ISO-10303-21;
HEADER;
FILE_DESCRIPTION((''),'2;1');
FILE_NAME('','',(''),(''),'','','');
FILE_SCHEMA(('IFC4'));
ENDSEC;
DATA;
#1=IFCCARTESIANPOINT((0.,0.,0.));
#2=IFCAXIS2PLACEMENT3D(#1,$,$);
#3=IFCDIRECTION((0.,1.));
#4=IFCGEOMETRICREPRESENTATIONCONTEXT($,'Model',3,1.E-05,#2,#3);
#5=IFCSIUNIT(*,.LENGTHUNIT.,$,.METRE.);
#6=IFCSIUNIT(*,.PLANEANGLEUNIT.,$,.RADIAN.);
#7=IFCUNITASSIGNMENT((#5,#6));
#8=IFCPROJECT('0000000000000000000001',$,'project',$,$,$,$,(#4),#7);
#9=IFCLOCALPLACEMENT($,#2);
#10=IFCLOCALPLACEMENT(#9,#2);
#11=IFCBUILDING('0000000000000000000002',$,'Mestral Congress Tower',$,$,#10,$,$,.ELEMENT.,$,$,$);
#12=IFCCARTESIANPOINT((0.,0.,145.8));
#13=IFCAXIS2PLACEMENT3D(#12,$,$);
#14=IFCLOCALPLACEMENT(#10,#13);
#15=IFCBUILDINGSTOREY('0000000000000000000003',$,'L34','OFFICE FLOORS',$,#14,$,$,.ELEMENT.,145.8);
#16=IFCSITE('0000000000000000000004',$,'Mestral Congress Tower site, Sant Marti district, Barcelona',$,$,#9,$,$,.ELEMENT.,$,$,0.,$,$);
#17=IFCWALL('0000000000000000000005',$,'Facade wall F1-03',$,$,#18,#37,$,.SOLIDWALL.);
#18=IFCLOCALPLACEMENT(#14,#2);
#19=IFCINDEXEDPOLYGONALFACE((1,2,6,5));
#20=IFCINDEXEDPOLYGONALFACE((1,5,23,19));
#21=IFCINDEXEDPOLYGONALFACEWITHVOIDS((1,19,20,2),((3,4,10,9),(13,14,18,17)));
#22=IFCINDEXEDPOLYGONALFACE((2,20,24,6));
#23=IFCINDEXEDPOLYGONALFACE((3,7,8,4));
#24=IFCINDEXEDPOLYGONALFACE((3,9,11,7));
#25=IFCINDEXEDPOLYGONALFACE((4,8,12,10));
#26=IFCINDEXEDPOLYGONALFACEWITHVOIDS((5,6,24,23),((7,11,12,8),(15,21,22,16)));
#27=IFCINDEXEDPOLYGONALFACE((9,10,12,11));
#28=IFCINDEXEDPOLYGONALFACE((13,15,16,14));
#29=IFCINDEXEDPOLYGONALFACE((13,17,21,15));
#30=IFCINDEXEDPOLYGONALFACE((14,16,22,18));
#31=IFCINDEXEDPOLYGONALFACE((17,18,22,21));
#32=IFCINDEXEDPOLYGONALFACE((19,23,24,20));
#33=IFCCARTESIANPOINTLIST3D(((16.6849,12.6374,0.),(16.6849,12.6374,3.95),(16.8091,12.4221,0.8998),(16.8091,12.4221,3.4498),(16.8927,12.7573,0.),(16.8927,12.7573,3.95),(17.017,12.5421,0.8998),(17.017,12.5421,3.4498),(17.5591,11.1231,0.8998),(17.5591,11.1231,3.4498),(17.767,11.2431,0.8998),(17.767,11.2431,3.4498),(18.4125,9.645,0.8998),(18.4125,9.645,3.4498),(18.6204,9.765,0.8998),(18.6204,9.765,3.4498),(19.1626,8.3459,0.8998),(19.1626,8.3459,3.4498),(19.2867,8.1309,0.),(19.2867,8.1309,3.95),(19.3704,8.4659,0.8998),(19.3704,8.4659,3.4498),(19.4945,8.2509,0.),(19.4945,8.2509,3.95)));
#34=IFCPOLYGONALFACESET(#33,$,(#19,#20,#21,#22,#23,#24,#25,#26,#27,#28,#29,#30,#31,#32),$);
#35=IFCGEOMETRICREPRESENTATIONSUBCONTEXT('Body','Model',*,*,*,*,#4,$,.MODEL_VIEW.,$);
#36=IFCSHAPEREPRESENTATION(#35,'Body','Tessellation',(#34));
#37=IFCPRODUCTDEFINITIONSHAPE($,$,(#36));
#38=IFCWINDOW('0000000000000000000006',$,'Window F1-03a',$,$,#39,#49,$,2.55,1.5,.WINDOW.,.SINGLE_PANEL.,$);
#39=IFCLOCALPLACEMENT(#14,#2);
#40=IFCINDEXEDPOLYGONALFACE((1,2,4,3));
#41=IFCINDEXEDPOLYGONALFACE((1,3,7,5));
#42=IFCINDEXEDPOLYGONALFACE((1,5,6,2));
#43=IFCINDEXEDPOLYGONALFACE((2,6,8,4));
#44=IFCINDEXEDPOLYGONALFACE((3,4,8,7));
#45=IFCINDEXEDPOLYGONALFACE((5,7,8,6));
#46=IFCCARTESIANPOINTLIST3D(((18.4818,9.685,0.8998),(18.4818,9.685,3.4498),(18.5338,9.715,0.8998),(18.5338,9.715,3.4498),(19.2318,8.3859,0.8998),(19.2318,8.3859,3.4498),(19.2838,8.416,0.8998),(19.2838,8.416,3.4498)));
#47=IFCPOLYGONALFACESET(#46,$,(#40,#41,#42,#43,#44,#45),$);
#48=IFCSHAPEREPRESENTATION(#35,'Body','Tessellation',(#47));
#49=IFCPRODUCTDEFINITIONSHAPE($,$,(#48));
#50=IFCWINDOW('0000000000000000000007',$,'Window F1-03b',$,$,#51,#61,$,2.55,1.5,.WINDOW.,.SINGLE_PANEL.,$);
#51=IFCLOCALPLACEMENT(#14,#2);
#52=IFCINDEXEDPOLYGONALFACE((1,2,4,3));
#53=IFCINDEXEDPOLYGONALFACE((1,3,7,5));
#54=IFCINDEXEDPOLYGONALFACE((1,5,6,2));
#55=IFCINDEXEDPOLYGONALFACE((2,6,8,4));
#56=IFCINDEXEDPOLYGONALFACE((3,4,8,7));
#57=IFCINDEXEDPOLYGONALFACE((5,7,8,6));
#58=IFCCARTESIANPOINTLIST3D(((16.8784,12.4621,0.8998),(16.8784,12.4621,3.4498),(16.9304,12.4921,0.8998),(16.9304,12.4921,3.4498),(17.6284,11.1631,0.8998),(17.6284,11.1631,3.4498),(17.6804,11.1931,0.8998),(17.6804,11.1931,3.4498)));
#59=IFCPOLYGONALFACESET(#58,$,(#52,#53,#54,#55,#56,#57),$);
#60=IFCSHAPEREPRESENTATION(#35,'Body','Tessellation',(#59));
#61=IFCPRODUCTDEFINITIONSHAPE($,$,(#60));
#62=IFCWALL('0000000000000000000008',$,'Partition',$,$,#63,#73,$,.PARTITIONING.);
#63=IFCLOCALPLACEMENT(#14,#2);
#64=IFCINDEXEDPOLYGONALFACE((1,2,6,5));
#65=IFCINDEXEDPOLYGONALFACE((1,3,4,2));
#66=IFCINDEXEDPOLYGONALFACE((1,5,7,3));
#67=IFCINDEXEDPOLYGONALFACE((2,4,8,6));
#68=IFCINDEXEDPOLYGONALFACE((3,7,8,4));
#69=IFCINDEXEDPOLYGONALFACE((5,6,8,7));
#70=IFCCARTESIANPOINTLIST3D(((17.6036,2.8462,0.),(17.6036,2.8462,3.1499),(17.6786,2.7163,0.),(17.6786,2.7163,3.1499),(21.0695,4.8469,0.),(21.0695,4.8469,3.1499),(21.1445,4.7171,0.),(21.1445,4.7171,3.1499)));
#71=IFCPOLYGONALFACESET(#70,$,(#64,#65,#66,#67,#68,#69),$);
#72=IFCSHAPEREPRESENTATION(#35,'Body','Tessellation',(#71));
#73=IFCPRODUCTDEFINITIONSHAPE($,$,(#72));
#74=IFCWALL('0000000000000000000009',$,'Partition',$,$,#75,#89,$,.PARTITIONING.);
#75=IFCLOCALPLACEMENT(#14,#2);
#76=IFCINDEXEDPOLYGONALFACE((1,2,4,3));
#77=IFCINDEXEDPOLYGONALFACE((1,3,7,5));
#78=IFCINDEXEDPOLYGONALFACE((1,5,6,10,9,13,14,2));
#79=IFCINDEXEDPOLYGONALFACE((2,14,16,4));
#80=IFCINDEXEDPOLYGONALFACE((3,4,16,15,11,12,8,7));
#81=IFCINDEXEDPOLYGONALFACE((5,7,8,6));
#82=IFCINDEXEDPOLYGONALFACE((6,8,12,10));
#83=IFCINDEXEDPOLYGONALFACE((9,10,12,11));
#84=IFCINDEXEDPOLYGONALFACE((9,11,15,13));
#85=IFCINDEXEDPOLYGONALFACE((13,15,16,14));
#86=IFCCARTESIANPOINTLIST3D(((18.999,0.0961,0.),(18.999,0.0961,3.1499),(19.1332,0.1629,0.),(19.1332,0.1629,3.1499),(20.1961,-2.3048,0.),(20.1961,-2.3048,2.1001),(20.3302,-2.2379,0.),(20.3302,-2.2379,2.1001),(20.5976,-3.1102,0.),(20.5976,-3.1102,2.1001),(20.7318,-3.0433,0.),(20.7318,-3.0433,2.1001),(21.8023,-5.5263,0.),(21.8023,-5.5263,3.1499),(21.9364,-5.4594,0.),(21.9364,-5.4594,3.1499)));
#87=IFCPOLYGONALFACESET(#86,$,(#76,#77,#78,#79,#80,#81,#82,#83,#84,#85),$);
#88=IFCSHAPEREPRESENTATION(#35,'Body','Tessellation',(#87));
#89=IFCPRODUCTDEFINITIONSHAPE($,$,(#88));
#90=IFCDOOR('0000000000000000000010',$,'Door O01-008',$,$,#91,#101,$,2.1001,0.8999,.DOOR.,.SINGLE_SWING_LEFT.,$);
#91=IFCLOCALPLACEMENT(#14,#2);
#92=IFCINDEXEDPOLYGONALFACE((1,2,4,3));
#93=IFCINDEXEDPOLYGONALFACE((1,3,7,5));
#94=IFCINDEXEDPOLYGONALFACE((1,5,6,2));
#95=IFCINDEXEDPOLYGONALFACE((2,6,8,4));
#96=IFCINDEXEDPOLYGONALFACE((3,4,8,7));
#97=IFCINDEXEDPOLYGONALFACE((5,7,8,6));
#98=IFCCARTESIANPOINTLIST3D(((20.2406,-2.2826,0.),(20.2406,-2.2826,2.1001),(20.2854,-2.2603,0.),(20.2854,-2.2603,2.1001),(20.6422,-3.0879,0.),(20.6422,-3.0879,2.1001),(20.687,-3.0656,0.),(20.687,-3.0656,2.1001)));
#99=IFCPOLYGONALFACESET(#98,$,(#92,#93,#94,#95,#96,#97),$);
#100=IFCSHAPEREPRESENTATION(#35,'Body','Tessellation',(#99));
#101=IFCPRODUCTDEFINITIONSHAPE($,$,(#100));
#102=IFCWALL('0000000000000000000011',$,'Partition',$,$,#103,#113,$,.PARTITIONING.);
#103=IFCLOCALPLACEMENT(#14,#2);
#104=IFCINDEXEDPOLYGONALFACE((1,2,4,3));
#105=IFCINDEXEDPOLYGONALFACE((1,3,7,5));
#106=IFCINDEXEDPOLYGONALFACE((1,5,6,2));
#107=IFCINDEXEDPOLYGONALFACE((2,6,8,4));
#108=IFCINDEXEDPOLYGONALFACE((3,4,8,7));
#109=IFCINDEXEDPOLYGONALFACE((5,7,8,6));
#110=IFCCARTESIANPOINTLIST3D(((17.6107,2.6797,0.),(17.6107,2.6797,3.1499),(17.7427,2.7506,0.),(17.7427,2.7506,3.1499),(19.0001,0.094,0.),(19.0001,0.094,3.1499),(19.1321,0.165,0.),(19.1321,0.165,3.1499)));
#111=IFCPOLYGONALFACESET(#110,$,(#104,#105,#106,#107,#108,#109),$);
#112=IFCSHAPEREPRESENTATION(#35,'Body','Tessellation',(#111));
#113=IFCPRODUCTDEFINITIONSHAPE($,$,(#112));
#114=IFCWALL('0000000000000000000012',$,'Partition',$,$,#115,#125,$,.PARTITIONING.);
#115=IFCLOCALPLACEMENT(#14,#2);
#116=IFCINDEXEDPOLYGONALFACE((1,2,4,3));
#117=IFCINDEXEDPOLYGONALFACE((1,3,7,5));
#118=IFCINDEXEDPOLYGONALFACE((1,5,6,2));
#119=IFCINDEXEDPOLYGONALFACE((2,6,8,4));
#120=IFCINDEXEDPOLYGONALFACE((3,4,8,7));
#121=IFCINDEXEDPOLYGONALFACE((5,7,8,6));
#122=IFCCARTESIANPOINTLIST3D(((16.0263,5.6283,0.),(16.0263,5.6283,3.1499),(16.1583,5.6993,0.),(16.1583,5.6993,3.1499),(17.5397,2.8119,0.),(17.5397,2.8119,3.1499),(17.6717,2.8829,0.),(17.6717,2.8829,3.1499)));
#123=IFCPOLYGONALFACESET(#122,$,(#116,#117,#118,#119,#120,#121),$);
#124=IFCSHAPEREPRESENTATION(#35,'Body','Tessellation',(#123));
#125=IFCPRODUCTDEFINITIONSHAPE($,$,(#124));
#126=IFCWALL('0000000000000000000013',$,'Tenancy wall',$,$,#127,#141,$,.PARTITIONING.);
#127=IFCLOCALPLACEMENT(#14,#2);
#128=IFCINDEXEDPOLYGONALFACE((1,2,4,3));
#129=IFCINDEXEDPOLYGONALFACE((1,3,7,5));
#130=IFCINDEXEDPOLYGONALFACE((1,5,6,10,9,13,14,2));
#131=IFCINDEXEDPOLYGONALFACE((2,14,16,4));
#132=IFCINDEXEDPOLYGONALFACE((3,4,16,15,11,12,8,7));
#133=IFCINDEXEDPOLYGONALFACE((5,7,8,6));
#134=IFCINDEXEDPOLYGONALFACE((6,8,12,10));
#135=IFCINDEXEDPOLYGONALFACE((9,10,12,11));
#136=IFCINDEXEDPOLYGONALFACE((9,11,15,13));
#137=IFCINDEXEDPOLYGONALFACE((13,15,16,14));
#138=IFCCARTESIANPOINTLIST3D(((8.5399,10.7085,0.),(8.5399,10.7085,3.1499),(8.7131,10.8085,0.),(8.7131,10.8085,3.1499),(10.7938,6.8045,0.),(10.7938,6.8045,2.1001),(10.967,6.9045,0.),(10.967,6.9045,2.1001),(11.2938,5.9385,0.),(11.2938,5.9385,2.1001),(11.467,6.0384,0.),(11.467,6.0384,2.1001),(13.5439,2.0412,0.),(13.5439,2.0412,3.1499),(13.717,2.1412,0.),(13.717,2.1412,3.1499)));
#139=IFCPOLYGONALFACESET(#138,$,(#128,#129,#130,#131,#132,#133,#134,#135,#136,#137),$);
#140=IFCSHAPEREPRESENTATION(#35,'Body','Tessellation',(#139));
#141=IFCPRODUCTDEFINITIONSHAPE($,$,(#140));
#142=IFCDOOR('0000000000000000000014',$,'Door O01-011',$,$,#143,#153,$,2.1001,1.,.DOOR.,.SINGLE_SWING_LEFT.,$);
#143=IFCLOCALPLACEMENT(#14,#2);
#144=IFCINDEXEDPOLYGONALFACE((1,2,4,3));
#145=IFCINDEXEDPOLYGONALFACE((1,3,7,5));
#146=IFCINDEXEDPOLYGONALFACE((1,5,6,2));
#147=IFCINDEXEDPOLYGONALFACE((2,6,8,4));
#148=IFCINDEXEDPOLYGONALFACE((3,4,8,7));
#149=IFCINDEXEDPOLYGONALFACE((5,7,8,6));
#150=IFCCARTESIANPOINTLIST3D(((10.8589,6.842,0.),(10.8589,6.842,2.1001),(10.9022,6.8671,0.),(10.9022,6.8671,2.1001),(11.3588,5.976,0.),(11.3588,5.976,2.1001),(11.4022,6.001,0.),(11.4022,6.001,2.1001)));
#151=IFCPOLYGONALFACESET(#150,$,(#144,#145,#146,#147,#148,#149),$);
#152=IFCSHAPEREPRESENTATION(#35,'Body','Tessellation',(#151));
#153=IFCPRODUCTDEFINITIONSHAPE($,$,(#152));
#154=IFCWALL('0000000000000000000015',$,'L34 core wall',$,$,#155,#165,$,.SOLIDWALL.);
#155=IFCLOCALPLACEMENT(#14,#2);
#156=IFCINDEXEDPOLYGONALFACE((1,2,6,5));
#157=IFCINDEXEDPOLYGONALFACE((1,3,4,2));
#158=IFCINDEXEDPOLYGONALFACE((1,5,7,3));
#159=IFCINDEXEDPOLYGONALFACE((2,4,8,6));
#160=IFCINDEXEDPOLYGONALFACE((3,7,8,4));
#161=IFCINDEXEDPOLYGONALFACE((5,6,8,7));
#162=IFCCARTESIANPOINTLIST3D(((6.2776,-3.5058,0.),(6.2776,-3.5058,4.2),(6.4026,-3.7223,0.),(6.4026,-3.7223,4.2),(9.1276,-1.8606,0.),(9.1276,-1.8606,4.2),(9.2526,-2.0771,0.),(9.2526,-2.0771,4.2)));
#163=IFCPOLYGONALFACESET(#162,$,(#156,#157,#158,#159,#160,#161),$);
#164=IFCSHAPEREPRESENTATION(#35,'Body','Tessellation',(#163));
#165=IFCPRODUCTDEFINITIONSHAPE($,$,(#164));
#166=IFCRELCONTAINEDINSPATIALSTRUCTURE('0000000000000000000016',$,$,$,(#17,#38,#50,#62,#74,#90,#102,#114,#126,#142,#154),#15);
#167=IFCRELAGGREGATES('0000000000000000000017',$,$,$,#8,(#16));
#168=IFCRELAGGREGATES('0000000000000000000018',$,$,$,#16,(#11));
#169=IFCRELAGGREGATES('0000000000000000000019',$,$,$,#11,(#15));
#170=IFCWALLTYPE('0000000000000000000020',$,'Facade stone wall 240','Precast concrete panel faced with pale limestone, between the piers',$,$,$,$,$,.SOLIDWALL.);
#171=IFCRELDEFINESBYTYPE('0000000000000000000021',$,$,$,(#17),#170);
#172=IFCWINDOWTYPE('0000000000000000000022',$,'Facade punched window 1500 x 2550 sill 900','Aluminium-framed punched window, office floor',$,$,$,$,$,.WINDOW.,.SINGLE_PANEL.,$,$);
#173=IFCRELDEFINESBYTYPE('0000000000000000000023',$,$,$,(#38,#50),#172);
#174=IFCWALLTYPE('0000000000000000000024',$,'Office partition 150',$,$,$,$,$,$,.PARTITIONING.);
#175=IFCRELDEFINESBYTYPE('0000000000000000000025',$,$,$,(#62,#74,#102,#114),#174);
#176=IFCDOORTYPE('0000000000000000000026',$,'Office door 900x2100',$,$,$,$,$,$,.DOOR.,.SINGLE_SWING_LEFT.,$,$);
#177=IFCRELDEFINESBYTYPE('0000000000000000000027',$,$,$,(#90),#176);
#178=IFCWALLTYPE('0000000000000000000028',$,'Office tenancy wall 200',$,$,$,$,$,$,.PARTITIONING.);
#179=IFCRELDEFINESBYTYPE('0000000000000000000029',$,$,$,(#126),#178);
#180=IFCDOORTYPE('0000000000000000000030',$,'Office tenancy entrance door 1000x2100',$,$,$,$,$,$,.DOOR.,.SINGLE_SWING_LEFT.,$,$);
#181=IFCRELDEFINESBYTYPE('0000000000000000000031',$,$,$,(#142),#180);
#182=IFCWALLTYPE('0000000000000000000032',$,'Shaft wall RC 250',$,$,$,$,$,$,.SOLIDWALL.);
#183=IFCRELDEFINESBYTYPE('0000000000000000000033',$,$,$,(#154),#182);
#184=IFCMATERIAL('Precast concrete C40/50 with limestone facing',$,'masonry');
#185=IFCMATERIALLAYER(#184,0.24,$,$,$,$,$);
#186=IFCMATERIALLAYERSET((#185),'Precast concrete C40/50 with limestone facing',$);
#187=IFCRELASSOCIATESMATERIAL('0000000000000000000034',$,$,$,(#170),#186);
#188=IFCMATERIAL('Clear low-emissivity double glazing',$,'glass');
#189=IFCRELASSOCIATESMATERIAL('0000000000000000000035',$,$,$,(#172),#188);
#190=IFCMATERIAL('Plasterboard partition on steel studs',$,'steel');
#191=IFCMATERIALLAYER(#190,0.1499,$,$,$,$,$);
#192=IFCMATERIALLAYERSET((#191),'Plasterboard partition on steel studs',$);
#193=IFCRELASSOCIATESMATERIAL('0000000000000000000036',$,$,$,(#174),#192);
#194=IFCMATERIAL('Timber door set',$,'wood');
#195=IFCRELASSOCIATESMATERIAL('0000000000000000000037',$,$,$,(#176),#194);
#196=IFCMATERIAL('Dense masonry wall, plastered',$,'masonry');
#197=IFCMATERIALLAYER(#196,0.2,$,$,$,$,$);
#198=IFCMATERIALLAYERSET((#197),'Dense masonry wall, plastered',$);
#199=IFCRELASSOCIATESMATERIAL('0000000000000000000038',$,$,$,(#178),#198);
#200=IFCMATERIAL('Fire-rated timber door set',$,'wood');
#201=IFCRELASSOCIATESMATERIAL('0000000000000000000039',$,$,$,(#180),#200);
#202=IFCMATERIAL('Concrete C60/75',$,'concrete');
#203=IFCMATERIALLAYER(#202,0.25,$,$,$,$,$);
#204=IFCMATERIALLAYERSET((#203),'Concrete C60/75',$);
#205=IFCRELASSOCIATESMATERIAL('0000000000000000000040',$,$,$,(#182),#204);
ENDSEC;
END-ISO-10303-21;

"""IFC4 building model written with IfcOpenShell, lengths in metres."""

from ifc_helpers import new_model, si_unit, direction, frame, frame_2d, origin, place, context, subcontext, project, spatial, rectangle, extrude, material, layer, layer_set, type_object, element, fill, save


model = new_model("IFC4")

# Units and contexts
model_context = context("Model", 3, precision=1e-05, world=origin(), true_north=direction((0.0, 1.0)))
body_context = subcontext(model_context, "Body", "Model", "MODEL_VIEW")
ifc_project = project(units=[si_unit("LENGTHUNIT", "METRE"), si_unit("PLANEANGLEUNIT", "RADIAN")], contexts=[model_context])

# Site, building, storey
site_placement = place(None, origin())
site = spatial("IfcSite", under=ifc_project, at=site_placement, Name="Mestral Congress Tower site, Sant Marti district, Barcelona", CompositionType="ELEMENT", RefElevation=0.0)
building_placement = place(site_placement, origin())
building = spatial("IfcBuilding", under=site, at=building_placement, Name="Mestral Congress Tower", CompositionType="ELEMENT")
storey_placement = place(building_placement, frame((0.0, 0.0, 145.8)))
storey = spatial("IfcBuildingStorey", under=building, at=storey_placement, Name="L34", Description="OFFICE FLOORS", CompositionType="ELEMENT", Elevation=145.8)

# Shared definitions
ifc_material_1 = material(Name="Concrete C60/75", Category="concrete")

# Wall, openings, windows
ifc_material_2 = material(Name="Precast concrete C40/50 with limestone facing", Category="masonry")
ifc_layer_1 = layer(ifc_material_2, 0.24)
ifc_layer_set_1 = layer_set([ifc_layer_1], Name="Precast concrete C40/50 with limestone facing")
wall_type_1 = type_object("IfcWallType", Name="Facade stone wall 240", Description="Precast concrete panel faced with pale limestone, between the piers", PredefinedType="SOLIDWALL", material=ifc_layer_set_1)
ifc_material_3 = material(Name="Clear low-emissivity double glazing", Category="glass")
window_type = type_object("IfcWindowType", Name="Facade punched window 1500 x 2550 sill 900", Description="Aluminium-framed punched window, office floor", PartitioningType="SINGLE_PANEL", PredefinedType="WINDOW", material=ifc_material_3)
wall_1_placement = place(storey_placement, frame((19.3906, 8.1909, 0.0), z_axis=(0.0, 0.0, 1.0), x_axis=(-0.500009, 0.86602, 0.0)))
wall_1 = element("IfcWall", 1, at=wall_1_placement, inside=storey, type_object=wall_type_1, Name="Facade wall F1-03", PredefinedType="SOLIDWALL", context=body_context, shape_type="SweptSolid", body=[
    extrude(rectangle(XDim=5.2036, YDim=0.24, at=frame_2d((2.6018, 0.0))), origin(), (0.0, 0.0, 1.0), 3.95),
])
opening_1_placement = place(wall_1_placement, frame((0.2483, 0.0, 0.8999)))
opening_1 = element("IfcOpeningElement", 2, at=opening_1_placement, cuts=wall_1, PredefinedType="OPENING", context=body_context, shape_type="SweptSolid", body=[
    extrude(rectangle(XDim=1.5, YDim=2.55, at=frame_2d((0.75, 1.2749))), frame((0.0, 0.1299, 0.0), z_axis=(0.0, -1.0, 0.0), x_axis=(1.0, 0.0, 0.0)), (0.0, 0.0, 1.0), 0.26),
])
opening_2_placement = place(wall_1_placement, frame((3.4551, 0.0, 0.8999)))
opening_2 = element("IfcOpeningElement", 3, at=opening_2_placement, cuts=wall_1, PredefinedType="OPENING", context=body_context, shape_type="SweptSolid", body=[
    extrude(rectangle(XDim=1.5, YDim=2.55, at=frame_2d((0.75, 1.2749))), frame((0.0, 0.1299, 0.0), z_axis=(0.0, -1.0, 0.0), x_axis=(1.0, 0.0, 0.0)), (0.0, 0.0, 1.0), 0.26),
])
window_1_placement = place(opening_1_placement, origin())
window_1 = element("IfcWindow", 4, at=window_1_placement, inside=storey, type_object=window_type, Name="Window F1-03a", OverallHeight=2.55, OverallWidth=1.5, PartitioningType="SINGLE_PANEL", PredefinedType="WINDOW", context=body_context, shape_type="SweptSolid", body=[
    extrude(rectangle(XDim=1.5, YDim=2.55, at=frame_2d((0.75, 1.2749))), frame((0.0, 0.04, 0.0), z_axis=(0.0, -1.0, 0.0), x_axis=(1.0, 0.0, 0.0)), (0.0, 0.0, 1.0), 0.0601),
])
fill(opening_1, window_1)
window_2_placement = place(opening_2_placement, origin())
window_2 = element("IfcWindow", 5, at=window_2_placement, inside=storey, type_object=window_type, Name="Window F1-03b", OverallHeight=2.55, OverallWidth=1.5, PartitioningType="SINGLE_PANEL", PredefinedType="WINDOW", context=body_context, shape_type="SweptSolid", body=[
    extrude(rectangle(XDim=1.5, YDim=2.55, at=frame_2d((0.75, 1.2749))), frame((0.0, 0.04, 0.0), z_axis=(0.0, -1.0, 0.0), x_axis=(1.0, 0.0, 0.0)), (0.0, 0.0, 1.0), 0.0601),
])
fill(opening_2, window_2)

# Wall
ifc_material_4 = material(Name="Plasterboard partition on steel studs", Category="steel")
ifc_layer_2 = layer(ifc_material_4, 0.1499)
ifc_layer_set_2 = layer_set([ifc_layer_2], Name="Plasterboard partition on steel studs")
wall_type_2 = type_object("IfcWallType", Name="Office partition 150", PredefinedType="PARTITIONING", material=ifc_layer_set_2)
wall_2_placement = place(storey_placement, frame((17.6411, 2.7812, 0.0), z_axis=(0.0, 0.0, 1.0), x_axis=(0.866054, 0.499951, 0.0)))
element("IfcWall", 6, at=wall_2_placement, inside=storey, type_object=wall_type_2, Name="Partition", PredefinedType="PARTITIONING", context=body_context, shape_type="SweptSolid", body=[
    extrude(rectangle(XDim=4.002, YDim=0.1499, at=frame_2d((2.001, 0.0))), origin(), (0.0, 0.0, 1.0), 3.1499),
])

# Wall, opening, door
wall_3_placement = place(storey_placement, frame((19.0662, 0.1294, 0.0), z_axis=(0.0, 0.0, 1.0), x_axis=(0.446203, -0.894932, 0.0)))
wall_3 = element("IfcWall", 7, at=wall_3_placement, inside=storey, type_object=wall_type_2, Name="Partition", PredefinedType="PARTITIONING", context=body_context, shape_type="SweptSolid", body=[
    extrude(rectangle(XDim=6.2825, YDim=0.1499, at=frame_2d((3.1411, 0.0))), origin(), (0.0, 0.0, 1.0), 3.1499),
])
opening_3_placement = place(wall_3_placement, frame((2.6826, 0.0, 0.0)))
opening_3 = element("IfcOpeningElement", 8, at=opening_3_placement, cuts=wall_3, PredefinedType="OPENING", context=body_context, shape_type="SweptSolid", body=[
    extrude(rectangle(XDim=0.8999, YDim=2.1001, at=frame_2d((0.45, 1.05))), frame((0.0, 0.085, 0.0), z_axis=(0.0, -1.0, 0.0), x_axis=(1.0, 0.0, 0.0)), (0.0, 0.0, 1.0), 0.1699),
])
ifc_material_5 = material(Name="Timber door set", Category="wood")
door_type_1 = type_object("IfcDoorType", Name="Office door 900x2100", OperationType="SINGLE_SWING_LEFT", PredefinedType="DOOR", material=ifc_material_5)
door_1_placement = place(opening_3_placement, origin())
door_1 = element("IfcDoor", 9, at=door_1_placement, inside=storey, type_object=door_type_1, Name="Door O01-008", OperationType="SINGLE_SWING_LEFT", OverallHeight=2.1001, OverallWidth=0.8999, PredefinedType="DOOR", context=body_context, shape_type="SweptSolid", body=[
    extrude(rectangle(XDim=0.8999, YDim=2.1001, at=frame_2d((0.45, 1.05))), frame((0.0, 0.0249, 0.0), z_axis=(0.0, -1.0, 0.0), x_axis=(1.0, 0.0, 0.0)), (0.0, 0.0, 1.0), 0.05),
])
fill(opening_3, door_1)

# Walls
wall_4_placement = place(storey_placement, frame((19.0662, 0.1294, 0.0), z_axis=(0.0, 0.0, 1.0), x_axis=(-0.473336, 0.880882, 0.0)))
element("IfcWall", 10, at=wall_4_placement, inside=storey, type_object=wall_type_2, Name="Partition", PredefinedType="PARTITIONING", context=body_context, shape_type="SweptSolid", body=[
    extrude(rectangle(XDim=2.9353, YDim=0.1499, at=frame_2d((1.4678, 0.0))), origin(), (0.0, 0.0, 1.0), 3.1499),
])
wall_5_placement = place(storey_placement, frame((17.6057, 2.8474, 0.0), z_axis=(0.0, 0.0, 1.0), x_axis=(-0.473348, 0.880875, 0.0)))
element("IfcWall", 11, at=wall_5_placement, inside=storey, type_object=wall_type_2, Name="Partition", PredefinedType="PARTITIONING", context=body_context, shape_type="SweptSolid", body=[
    extrude(rectangle(XDim=3.1973, YDim=0.1499, at=frame_2d((1.5986, 0.0))), origin(), (0.0, 0.0, 1.0), 3.1499),
])

# Wall, opening, door
ifc_material_6 = material(Name="Dense masonry wall, plastered", Category="masonry")
ifc_layer_3 = layer(ifc_material_6, 0.2)
ifc_layer_set_3 = layer_set([ifc_layer_3], Name="Dense masonry wall, plastered")
wall_type_3 = type_object("IfcWallType", Name="Office tenancy wall 200", PredefinedType="PARTITIONING", material=ifc_layer_set_3)
wall_6_placement = place(storey_placement, frame((13.6304, 2.0913, 0.0), z_axis=(0.0, 0.0, 1.0), x_axis=(-0.499991, 0.866031, 0.0)))
wall_6 = element("IfcWall", 12, at=wall_6_placement, inside=storey, type_object=wall_type_3, Name="Tenancy wall", PredefinedType="PARTITIONING", context=body_context, shape_type="SweptSolid", body=[
    extrude(rectangle(XDim=10.0081, YDim=0.2, at=frame_2d((5.0039, 0.0))), origin(), (0.0, 0.0, 1.0), 3.1499),
])
opening_4_placement = place(wall_6_placement, frame((4.5, 0.0, 0.0)))
opening_4 = element("IfcOpeningElement", 13, at=opening_4_placement, cuts=wall_6, PredefinedType="OPENING", context=body_context, shape_type="SweptSolid", body=[
    extrude(rectangle(XDim=1.0, YDim=2.1001, at=frame_2d((0.5, 1.05))), frame((0.0, 0.1099, 0.0), z_axis=(0.0, -1.0, 0.0), x_axis=(1.0, 0.0, 0.0)), (0.0, 0.0, 1.0), 0.22),
])
ifc_material_7 = material(Name="Fire-rated timber door set", Category="wood")
door_type_2 = type_object("IfcDoorType", Name="Office tenancy entrance door 1000x2100", OperationType="SINGLE_SWING_LEFT", PredefinedType="DOOR", material=ifc_material_7)
door_2_placement = place(opening_4_placement, origin())
door_2 = element("IfcDoor", 14, at=door_2_placement, inside=storey, type_object=door_type_2, Name="Door O01-011", OperationType="SINGLE_SWING_LEFT", OverallHeight=2.1001, OverallWidth=1.0, PredefinedType="DOOR", context=body_context, shape_type="SweptSolid", body=[
    extrude(rectangle(XDim=1.0, YDim=2.1001, at=frame_2d((0.5, 1.05))), frame((0.0, 0.0249, 0.0), z_axis=(0.0, -1.0, 0.0), x_axis=(1.0, 0.0, 0.0)), (0.0, 0.0, 1.0), 0.05),
])
fill(opening_4, door_2)

# Wall
ifc_layer_4 = layer(ifc_material_1, 0.25)
ifc_layer_set_4 = layer_set([ifc_layer_4], Name="Concrete C60/75")
wall_type_4 = type_object("IfcWallType", Name="Shaft wall RC 250", PredefinedType="SOLIDWALL", material=ifc_layer_set_4)
wall_7_placement = place(storey_placement, frame((9.1902, -1.9688, 0.0), z_axis=(0.0, 0.0, 1.0), x_axis=(-0.866057, -0.499945, 0.0)))
element("IfcWall", 15, at=wall_7_placement, inside=storey, type_object=wall_type_4, Name="L34 core wall", PredefinedType="SOLIDWALL", context=body_context, shape_type="SweptSolid", body=[
    extrude(rectangle(XDim=3.2908, YDim=0.25, at=frame_2d((1.6455, 0.0))), origin(), (0.0, 0.0, 1.0), 4.2),
])

save(model, "model.ifc")
